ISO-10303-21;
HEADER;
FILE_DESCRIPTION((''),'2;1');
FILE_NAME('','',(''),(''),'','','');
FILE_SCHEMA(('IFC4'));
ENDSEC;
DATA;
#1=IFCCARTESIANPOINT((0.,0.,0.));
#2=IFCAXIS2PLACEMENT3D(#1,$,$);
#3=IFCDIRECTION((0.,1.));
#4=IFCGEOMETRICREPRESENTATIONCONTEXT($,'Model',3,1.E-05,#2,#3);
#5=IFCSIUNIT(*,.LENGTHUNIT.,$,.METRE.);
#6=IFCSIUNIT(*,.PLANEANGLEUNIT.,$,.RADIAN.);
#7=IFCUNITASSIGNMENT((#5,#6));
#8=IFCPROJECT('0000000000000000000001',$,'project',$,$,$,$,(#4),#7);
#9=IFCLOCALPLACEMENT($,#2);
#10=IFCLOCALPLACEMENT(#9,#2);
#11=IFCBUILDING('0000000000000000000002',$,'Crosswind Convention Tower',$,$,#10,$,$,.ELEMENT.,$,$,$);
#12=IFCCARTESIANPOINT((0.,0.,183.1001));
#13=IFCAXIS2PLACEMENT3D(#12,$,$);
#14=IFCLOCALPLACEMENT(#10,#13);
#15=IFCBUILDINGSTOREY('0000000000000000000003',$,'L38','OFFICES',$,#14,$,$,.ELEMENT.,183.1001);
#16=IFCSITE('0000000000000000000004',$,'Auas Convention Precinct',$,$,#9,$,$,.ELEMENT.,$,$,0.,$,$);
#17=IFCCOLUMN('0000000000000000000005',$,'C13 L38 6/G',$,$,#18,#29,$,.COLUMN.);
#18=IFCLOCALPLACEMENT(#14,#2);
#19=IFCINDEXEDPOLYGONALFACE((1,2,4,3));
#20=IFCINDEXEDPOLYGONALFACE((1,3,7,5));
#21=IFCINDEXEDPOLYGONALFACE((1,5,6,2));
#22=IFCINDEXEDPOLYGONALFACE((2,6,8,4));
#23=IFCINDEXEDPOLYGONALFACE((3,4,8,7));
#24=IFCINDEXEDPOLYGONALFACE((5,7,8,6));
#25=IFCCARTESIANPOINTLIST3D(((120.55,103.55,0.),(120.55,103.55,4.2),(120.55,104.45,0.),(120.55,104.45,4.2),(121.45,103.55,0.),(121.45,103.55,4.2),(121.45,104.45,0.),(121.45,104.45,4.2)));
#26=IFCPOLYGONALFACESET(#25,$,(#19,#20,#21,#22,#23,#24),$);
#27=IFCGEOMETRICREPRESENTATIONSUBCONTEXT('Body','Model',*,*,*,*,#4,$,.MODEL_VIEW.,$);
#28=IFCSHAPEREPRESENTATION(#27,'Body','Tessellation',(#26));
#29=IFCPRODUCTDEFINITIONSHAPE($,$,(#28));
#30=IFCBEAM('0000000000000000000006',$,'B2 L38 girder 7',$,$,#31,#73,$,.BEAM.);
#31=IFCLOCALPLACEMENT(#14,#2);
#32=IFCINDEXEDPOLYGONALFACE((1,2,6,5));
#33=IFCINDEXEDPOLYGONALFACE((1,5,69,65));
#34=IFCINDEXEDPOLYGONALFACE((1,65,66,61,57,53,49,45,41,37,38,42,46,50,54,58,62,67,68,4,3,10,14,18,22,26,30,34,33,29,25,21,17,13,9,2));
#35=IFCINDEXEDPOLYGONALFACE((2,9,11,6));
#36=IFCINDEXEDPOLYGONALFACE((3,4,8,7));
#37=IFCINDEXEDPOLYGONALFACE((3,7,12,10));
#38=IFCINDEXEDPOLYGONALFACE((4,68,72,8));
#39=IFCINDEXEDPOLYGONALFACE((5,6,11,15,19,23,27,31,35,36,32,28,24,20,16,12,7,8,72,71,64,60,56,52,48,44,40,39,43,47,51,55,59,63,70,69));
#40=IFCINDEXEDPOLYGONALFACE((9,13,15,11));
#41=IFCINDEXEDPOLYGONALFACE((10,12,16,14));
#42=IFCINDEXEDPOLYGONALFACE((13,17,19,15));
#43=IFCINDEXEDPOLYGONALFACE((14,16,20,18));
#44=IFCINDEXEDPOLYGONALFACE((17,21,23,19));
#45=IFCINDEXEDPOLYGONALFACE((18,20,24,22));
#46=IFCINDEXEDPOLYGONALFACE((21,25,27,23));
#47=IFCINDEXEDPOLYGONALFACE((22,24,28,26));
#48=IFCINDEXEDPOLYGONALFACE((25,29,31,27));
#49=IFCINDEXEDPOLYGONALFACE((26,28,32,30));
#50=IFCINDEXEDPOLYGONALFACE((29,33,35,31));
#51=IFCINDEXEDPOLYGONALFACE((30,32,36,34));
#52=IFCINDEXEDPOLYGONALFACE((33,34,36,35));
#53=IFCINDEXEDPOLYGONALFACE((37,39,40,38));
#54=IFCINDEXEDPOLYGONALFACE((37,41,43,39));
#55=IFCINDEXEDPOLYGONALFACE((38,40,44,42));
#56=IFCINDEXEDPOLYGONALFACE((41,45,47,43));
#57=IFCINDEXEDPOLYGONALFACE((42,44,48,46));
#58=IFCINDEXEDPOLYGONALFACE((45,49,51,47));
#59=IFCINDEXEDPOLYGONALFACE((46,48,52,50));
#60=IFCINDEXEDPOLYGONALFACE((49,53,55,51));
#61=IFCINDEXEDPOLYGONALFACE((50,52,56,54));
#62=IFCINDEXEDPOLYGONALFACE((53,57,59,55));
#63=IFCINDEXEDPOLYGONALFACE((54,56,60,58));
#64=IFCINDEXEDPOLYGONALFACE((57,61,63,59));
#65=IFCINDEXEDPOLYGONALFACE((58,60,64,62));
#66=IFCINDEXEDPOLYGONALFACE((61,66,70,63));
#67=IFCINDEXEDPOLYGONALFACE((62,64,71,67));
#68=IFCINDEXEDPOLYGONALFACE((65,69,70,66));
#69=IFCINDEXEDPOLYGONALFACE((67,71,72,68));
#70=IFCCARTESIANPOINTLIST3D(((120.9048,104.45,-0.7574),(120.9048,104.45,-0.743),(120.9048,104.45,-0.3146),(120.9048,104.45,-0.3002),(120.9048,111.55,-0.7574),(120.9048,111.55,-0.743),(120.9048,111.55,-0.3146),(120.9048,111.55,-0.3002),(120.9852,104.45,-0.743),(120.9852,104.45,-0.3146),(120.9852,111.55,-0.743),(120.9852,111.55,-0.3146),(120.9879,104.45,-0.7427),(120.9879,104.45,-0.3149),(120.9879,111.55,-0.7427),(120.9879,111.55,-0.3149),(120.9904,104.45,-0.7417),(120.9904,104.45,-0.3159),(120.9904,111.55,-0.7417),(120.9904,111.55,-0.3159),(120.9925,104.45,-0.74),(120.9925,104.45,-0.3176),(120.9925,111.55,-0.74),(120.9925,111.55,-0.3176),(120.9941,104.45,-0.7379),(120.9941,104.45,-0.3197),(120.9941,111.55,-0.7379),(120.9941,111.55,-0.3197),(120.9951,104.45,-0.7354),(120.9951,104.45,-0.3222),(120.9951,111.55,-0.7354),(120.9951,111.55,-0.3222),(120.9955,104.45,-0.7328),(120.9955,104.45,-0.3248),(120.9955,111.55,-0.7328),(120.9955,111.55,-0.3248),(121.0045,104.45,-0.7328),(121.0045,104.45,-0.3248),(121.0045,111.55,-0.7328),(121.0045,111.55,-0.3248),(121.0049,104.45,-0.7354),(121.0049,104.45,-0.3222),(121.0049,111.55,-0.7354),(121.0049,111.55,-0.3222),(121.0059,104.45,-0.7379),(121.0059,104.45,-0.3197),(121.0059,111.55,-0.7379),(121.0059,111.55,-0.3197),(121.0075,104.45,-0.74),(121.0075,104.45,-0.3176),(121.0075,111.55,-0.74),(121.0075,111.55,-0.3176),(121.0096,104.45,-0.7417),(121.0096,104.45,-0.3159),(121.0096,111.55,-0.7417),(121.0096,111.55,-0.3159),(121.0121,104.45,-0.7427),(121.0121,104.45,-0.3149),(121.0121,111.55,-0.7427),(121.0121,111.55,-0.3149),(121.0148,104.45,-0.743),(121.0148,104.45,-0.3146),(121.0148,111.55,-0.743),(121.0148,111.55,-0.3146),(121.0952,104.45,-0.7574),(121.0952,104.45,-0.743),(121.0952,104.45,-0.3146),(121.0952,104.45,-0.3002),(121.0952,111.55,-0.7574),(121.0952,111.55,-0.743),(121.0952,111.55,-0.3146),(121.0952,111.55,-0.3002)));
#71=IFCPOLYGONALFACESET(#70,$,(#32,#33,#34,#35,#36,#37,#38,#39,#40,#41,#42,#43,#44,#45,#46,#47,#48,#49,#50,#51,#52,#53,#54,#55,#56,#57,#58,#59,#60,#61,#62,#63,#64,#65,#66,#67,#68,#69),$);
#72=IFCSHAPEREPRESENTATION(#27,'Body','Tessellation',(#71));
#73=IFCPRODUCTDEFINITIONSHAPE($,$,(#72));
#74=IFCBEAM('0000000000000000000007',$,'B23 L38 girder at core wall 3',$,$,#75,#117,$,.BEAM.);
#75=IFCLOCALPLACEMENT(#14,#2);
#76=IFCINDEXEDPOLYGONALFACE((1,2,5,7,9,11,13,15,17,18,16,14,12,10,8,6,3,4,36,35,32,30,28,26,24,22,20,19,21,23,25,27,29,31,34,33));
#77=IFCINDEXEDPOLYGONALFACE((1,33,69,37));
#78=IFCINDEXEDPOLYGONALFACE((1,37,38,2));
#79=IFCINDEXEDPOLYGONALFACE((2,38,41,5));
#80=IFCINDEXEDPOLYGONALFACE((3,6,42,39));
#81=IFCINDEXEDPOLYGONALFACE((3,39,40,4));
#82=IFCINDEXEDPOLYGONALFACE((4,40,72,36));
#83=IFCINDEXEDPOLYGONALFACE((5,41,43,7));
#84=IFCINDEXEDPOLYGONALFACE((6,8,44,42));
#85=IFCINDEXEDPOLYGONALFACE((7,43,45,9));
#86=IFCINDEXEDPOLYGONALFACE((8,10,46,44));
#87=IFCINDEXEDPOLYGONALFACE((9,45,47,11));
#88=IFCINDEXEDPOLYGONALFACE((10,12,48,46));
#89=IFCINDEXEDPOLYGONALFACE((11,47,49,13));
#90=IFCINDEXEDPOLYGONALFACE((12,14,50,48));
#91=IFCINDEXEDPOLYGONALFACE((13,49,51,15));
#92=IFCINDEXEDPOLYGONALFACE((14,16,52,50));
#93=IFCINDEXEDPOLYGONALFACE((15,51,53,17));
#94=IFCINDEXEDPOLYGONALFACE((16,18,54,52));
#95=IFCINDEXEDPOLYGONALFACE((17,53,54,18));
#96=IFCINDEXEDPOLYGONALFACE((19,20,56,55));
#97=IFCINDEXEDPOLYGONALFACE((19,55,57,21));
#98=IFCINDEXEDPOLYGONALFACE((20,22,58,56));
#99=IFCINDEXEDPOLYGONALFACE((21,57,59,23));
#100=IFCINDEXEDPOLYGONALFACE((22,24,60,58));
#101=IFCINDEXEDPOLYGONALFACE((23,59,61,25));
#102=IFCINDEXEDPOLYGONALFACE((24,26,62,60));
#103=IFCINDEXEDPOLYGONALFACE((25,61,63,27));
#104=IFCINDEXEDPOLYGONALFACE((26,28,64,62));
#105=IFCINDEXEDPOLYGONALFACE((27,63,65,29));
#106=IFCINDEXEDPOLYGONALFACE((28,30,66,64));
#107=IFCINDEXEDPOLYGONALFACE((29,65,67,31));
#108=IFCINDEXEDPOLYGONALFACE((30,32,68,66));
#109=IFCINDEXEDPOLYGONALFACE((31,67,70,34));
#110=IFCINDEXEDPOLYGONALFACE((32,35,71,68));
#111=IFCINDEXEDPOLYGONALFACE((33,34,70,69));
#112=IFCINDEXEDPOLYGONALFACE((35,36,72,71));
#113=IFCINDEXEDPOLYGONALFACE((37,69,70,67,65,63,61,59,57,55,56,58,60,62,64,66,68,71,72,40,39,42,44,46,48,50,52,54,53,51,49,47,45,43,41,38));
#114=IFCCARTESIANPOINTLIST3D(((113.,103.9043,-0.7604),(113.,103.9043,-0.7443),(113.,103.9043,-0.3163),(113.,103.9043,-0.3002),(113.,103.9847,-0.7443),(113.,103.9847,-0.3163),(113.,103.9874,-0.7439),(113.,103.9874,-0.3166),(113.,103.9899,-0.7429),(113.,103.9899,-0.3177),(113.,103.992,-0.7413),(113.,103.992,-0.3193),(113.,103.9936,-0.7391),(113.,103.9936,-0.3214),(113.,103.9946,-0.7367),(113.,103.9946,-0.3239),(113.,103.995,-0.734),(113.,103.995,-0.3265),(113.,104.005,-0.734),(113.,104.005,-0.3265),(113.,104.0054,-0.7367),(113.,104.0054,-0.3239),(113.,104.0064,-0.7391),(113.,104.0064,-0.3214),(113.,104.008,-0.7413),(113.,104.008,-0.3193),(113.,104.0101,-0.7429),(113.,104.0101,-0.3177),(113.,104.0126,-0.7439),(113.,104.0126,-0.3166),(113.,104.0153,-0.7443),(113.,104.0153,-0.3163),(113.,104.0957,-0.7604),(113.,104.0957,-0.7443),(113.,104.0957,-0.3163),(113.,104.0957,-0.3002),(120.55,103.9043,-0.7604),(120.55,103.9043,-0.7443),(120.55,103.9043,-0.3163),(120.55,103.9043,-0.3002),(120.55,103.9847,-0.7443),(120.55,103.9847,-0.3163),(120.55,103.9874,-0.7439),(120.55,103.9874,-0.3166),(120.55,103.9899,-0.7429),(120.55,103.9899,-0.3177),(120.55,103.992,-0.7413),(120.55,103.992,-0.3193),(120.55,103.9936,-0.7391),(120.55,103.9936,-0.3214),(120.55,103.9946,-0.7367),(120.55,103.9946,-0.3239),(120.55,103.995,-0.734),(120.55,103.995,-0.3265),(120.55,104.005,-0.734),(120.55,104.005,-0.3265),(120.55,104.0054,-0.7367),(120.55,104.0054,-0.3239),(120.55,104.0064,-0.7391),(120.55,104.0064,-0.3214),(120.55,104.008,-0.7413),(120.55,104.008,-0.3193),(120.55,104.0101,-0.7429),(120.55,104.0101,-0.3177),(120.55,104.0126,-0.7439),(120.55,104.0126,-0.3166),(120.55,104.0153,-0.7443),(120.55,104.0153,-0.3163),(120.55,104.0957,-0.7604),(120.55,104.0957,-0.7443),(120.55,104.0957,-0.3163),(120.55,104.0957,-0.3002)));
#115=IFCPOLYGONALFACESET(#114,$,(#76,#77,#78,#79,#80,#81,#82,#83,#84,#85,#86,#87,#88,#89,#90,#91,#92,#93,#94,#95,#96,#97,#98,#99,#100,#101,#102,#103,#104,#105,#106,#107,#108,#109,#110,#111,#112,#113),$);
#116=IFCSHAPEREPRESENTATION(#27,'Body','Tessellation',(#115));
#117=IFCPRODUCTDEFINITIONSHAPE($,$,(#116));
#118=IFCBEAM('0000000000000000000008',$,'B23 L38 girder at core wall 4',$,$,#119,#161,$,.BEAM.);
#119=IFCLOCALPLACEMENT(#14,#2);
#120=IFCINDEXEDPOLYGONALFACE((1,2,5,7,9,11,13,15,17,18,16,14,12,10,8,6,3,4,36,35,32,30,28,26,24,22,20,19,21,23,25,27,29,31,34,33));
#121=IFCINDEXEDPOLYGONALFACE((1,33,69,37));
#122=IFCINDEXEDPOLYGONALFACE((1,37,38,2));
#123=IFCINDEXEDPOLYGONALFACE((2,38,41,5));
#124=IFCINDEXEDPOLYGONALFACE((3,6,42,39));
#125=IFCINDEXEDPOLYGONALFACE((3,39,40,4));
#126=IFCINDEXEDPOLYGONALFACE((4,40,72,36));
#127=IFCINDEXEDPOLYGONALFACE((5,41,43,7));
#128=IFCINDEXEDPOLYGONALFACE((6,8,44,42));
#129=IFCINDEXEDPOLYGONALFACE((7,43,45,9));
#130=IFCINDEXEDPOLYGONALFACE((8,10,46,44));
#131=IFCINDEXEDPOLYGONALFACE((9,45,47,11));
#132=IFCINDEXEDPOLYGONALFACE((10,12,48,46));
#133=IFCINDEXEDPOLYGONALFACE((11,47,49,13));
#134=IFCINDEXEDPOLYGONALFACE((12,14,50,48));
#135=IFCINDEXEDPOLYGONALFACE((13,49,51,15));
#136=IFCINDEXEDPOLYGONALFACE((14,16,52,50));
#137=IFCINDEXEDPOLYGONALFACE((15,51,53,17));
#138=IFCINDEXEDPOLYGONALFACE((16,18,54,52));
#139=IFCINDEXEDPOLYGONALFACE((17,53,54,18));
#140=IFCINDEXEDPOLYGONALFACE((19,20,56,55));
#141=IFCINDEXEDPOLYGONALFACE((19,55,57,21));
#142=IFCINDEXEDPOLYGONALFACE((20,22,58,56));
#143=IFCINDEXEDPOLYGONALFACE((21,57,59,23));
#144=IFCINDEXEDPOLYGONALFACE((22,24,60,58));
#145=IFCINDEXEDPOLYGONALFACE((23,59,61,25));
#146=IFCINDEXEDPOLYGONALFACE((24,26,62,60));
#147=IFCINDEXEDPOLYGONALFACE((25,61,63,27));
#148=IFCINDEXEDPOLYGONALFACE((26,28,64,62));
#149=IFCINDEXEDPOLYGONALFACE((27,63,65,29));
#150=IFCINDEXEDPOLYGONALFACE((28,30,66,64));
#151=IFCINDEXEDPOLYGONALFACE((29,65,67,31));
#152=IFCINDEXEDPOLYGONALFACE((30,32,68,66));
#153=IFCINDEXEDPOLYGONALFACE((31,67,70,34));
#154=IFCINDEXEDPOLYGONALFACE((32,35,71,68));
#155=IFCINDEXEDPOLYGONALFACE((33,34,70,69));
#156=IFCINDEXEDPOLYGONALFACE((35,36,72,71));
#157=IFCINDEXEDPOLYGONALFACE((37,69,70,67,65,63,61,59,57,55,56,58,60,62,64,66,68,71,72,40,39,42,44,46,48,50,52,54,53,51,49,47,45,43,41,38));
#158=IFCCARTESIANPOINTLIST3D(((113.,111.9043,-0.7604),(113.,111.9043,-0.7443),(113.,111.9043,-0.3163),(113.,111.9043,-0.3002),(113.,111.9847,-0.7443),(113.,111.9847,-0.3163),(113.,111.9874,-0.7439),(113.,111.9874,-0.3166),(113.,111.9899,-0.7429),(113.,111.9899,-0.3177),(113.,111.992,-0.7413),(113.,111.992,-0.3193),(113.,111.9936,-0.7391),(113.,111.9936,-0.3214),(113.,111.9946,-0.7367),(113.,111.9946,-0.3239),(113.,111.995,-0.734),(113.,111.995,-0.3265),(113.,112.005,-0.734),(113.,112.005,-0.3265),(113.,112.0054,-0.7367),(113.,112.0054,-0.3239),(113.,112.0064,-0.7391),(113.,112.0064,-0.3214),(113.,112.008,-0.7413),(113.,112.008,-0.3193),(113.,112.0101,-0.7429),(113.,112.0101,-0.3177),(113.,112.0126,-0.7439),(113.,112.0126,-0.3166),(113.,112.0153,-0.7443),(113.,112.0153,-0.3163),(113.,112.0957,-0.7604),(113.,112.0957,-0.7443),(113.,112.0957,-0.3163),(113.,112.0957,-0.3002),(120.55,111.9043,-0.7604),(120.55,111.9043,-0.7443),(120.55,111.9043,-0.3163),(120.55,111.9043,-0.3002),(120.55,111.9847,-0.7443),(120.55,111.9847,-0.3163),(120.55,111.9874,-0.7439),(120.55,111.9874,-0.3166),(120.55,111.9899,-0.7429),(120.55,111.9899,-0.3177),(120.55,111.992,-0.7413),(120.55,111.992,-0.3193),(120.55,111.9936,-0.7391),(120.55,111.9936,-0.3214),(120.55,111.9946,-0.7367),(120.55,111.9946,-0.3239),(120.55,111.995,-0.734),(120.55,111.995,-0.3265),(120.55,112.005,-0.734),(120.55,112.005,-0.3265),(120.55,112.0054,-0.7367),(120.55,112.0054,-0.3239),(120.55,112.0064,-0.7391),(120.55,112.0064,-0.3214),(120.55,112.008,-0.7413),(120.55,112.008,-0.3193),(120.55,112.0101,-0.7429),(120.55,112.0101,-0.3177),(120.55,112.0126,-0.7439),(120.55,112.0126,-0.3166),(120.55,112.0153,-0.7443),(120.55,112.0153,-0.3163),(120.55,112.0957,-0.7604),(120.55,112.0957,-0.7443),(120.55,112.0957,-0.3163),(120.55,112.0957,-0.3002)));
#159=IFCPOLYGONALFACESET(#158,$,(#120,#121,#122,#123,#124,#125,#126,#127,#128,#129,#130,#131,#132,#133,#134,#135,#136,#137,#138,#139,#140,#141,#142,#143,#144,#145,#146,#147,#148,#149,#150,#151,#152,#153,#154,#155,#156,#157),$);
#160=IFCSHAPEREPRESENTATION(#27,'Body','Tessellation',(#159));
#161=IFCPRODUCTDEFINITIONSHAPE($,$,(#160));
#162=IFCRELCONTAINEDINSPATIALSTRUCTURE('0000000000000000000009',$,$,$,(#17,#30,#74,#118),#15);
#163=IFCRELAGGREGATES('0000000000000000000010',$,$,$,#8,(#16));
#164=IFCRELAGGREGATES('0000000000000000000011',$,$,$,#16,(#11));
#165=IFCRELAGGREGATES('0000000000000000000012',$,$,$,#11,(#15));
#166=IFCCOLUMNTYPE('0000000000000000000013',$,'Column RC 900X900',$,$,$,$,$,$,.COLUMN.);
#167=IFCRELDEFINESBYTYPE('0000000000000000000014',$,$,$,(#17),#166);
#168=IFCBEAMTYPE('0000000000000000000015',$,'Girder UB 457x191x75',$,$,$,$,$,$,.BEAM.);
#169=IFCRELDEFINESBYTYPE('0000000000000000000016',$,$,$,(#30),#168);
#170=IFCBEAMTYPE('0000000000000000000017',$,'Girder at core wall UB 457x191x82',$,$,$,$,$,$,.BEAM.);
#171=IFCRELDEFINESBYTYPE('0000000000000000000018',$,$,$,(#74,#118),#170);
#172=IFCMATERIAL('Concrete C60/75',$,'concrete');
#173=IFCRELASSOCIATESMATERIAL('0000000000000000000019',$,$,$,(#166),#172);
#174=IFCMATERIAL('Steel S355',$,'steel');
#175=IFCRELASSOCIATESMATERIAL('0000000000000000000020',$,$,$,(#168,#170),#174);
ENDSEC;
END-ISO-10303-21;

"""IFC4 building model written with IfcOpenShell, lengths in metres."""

from ifc_helpers import new_model, si_unit, direction, frame, origin, origin_2d, place, context, subcontext, project, spatial, rectangle, i_section, extrude, material, material_profile, profile_set, type_object, element, save


model = new_model("IFC4")

# Units and contexts
model_context = context("Model", 3, precision=1e-05, world=origin(), true_north=direction((0.0, 1.0)))
body_context = subcontext(model_context, "Body", "Model", "MODEL_VIEW")
ifc_project = project(units=[si_unit("LENGTHUNIT", "METRE"), si_unit("PLANEANGLEUNIT", "RADIAN")], contexts=[model_context])

# Site, building, storey
site_placement = place(None, origin())
site = spatial("IfcSite", under=ifc_project, at=site_placement, Name="Auas Convention Precinct", CompositionType="ELEMENT", RefElevation=0.0)
building_placement = place(site_placement, origin())
building = spatial("IfcBuilding", under=site, at=building_placement, Name="Crosswind Convention Tower", CompositionType="ELEMENT")
storey_placement = place(building_placement, frame((0.0, 0.0, 183.1001)))
storey = spatial("IfcBuildingStorey", under=building, at=storey_placement, Name="L38", Description="OFFICES", CompositionType="ELEMENT", Elevation=183.1001)

# Column
ifc_material_1 = material(Name="Concrete C60/75", Category="concrete")
ifc_material_profile_1 = material_profile(ifc_material_1, rectangle(XDim=0.8999, YDim=0.8999, at=origin_2d()), Name="RC 900X900")
ifc_profile_set_1 = profile_set([ifc_material_profile_1], Name="Concrete C60/75")
column_type = type_object("IfcColumnType", Name="Column RC 900X900", PredefinedType="COLUMN", material=ifc_profile_set_1)
column_placement = place(storey_placement, frame((121.0, 104.0, 0.0), z_axis=(0.0, 0.0, 1.0), x_axis=(1.0, 0.0, 0.0)))
element("IfcColumn", 1, at=column_placement, inside=storey, type_object=column_type, Name="C13 L38 6/G", PredefinedType="COLUMN", context=body_context, shape_type="SweptSolid", body=[
    extrude(rectangle(XDim=0.8999, YDim=0.8999, at=origin_2d()), origin(), (0.0, 0.0, 1.0), 4.2),
])

# Beams
ifc_material_2 = material(Name="Steel S355", Category="steel")
ifc_material_profile_2 = material_profile(ifc_material_2, i_section(OverallWidth=0.1904, OverallDepth=0.4573, WebThickness=0.009, FlangeThickness=0.0144, FilletRadius=0.0103, at=origin_2d()), Name="UB 457x191x75")
ifc_profile_set_2 = profile_set([ifc_material_profile_2], Name="Steel S355")
beam_type_1 = type_object("IfcBeamType", Name="Girder UB 457x191x75", PredefinedType="BEAM", material=ifc_profile_set_2)
beam_placement = place(storey_placement, frame((121.0, 104.45, -0.5288), z_axis=(0.0, 1.0, 0.0), x_axis=(-1.0, 0.0, 0.0)))
element("IfcBeam", 2, at=beam_placement, inside=storey, type_object=beam_type_1, Name="B2 L38 girder 7", PredefinedType="BEAM", context=body_context, shape_type="SweptSolid", body=[
    extrude(i_section(OverallWidth=0.1904, OverallDepth=0.4573, WebThickness=0.009, FlangeThickness=0.0144, FilletRadius=0.0103, at=origin_2d()), origin(), (0.0, 0.0, 1.0), 7.1001),
])
ifc_material_profile_3 = material_profile(ifc_material_2, i_section(OverallWidth=0.1914, OverallDepth=0.4602, WebThickness=0.01, FlangeThickness=0.0161, FilletRadius=0.0103, at=origin_2d()), Name="UB 457x191x82")
ifc_profile_set_3 = profile_set([ifc_material_profile_3], Name="Steel S355")
beam_type_2 = type_object("IfcBeamType", Name="Girder at core wall UB 457x191x82", PredefinedType="BEAM", material=ifc_profile_set_3)
for number, where, z_axis, x_axis, name in (
    (3, (113.0, 104.0, -0.5303), (1.0, 0.0, 0.0), (0.0, 1.0, 0.0), "B23 L38 girder at core wall 3"),
    (4, (113.0, 112.0, -0.5303), (1.0, 0.0, 0.0), (0.0, 1.0, 0.0), "B23 L38 girder at core wall 4"),
):
    element("IfcBeam", number, at=place(storey_placement, frame(where, z_axis=z_axis, x_axis=x_axis)), inside=storey, type_object=beam_type_2, Name=name, PredefinedType="BEAM", context=body_context, shape_type="SweptSolid", body=[
        extrude(i_section(OverallWidth=0.1914, OverallDepth=0.4602, WebThickness=0.01, FlangeThickness=0.0161, FilletRadius=0.0103, at=origin_2d()), origin(), (0.0, 0.0, 1.0), 7.55),
    ])

save(model, "model.ifc")
